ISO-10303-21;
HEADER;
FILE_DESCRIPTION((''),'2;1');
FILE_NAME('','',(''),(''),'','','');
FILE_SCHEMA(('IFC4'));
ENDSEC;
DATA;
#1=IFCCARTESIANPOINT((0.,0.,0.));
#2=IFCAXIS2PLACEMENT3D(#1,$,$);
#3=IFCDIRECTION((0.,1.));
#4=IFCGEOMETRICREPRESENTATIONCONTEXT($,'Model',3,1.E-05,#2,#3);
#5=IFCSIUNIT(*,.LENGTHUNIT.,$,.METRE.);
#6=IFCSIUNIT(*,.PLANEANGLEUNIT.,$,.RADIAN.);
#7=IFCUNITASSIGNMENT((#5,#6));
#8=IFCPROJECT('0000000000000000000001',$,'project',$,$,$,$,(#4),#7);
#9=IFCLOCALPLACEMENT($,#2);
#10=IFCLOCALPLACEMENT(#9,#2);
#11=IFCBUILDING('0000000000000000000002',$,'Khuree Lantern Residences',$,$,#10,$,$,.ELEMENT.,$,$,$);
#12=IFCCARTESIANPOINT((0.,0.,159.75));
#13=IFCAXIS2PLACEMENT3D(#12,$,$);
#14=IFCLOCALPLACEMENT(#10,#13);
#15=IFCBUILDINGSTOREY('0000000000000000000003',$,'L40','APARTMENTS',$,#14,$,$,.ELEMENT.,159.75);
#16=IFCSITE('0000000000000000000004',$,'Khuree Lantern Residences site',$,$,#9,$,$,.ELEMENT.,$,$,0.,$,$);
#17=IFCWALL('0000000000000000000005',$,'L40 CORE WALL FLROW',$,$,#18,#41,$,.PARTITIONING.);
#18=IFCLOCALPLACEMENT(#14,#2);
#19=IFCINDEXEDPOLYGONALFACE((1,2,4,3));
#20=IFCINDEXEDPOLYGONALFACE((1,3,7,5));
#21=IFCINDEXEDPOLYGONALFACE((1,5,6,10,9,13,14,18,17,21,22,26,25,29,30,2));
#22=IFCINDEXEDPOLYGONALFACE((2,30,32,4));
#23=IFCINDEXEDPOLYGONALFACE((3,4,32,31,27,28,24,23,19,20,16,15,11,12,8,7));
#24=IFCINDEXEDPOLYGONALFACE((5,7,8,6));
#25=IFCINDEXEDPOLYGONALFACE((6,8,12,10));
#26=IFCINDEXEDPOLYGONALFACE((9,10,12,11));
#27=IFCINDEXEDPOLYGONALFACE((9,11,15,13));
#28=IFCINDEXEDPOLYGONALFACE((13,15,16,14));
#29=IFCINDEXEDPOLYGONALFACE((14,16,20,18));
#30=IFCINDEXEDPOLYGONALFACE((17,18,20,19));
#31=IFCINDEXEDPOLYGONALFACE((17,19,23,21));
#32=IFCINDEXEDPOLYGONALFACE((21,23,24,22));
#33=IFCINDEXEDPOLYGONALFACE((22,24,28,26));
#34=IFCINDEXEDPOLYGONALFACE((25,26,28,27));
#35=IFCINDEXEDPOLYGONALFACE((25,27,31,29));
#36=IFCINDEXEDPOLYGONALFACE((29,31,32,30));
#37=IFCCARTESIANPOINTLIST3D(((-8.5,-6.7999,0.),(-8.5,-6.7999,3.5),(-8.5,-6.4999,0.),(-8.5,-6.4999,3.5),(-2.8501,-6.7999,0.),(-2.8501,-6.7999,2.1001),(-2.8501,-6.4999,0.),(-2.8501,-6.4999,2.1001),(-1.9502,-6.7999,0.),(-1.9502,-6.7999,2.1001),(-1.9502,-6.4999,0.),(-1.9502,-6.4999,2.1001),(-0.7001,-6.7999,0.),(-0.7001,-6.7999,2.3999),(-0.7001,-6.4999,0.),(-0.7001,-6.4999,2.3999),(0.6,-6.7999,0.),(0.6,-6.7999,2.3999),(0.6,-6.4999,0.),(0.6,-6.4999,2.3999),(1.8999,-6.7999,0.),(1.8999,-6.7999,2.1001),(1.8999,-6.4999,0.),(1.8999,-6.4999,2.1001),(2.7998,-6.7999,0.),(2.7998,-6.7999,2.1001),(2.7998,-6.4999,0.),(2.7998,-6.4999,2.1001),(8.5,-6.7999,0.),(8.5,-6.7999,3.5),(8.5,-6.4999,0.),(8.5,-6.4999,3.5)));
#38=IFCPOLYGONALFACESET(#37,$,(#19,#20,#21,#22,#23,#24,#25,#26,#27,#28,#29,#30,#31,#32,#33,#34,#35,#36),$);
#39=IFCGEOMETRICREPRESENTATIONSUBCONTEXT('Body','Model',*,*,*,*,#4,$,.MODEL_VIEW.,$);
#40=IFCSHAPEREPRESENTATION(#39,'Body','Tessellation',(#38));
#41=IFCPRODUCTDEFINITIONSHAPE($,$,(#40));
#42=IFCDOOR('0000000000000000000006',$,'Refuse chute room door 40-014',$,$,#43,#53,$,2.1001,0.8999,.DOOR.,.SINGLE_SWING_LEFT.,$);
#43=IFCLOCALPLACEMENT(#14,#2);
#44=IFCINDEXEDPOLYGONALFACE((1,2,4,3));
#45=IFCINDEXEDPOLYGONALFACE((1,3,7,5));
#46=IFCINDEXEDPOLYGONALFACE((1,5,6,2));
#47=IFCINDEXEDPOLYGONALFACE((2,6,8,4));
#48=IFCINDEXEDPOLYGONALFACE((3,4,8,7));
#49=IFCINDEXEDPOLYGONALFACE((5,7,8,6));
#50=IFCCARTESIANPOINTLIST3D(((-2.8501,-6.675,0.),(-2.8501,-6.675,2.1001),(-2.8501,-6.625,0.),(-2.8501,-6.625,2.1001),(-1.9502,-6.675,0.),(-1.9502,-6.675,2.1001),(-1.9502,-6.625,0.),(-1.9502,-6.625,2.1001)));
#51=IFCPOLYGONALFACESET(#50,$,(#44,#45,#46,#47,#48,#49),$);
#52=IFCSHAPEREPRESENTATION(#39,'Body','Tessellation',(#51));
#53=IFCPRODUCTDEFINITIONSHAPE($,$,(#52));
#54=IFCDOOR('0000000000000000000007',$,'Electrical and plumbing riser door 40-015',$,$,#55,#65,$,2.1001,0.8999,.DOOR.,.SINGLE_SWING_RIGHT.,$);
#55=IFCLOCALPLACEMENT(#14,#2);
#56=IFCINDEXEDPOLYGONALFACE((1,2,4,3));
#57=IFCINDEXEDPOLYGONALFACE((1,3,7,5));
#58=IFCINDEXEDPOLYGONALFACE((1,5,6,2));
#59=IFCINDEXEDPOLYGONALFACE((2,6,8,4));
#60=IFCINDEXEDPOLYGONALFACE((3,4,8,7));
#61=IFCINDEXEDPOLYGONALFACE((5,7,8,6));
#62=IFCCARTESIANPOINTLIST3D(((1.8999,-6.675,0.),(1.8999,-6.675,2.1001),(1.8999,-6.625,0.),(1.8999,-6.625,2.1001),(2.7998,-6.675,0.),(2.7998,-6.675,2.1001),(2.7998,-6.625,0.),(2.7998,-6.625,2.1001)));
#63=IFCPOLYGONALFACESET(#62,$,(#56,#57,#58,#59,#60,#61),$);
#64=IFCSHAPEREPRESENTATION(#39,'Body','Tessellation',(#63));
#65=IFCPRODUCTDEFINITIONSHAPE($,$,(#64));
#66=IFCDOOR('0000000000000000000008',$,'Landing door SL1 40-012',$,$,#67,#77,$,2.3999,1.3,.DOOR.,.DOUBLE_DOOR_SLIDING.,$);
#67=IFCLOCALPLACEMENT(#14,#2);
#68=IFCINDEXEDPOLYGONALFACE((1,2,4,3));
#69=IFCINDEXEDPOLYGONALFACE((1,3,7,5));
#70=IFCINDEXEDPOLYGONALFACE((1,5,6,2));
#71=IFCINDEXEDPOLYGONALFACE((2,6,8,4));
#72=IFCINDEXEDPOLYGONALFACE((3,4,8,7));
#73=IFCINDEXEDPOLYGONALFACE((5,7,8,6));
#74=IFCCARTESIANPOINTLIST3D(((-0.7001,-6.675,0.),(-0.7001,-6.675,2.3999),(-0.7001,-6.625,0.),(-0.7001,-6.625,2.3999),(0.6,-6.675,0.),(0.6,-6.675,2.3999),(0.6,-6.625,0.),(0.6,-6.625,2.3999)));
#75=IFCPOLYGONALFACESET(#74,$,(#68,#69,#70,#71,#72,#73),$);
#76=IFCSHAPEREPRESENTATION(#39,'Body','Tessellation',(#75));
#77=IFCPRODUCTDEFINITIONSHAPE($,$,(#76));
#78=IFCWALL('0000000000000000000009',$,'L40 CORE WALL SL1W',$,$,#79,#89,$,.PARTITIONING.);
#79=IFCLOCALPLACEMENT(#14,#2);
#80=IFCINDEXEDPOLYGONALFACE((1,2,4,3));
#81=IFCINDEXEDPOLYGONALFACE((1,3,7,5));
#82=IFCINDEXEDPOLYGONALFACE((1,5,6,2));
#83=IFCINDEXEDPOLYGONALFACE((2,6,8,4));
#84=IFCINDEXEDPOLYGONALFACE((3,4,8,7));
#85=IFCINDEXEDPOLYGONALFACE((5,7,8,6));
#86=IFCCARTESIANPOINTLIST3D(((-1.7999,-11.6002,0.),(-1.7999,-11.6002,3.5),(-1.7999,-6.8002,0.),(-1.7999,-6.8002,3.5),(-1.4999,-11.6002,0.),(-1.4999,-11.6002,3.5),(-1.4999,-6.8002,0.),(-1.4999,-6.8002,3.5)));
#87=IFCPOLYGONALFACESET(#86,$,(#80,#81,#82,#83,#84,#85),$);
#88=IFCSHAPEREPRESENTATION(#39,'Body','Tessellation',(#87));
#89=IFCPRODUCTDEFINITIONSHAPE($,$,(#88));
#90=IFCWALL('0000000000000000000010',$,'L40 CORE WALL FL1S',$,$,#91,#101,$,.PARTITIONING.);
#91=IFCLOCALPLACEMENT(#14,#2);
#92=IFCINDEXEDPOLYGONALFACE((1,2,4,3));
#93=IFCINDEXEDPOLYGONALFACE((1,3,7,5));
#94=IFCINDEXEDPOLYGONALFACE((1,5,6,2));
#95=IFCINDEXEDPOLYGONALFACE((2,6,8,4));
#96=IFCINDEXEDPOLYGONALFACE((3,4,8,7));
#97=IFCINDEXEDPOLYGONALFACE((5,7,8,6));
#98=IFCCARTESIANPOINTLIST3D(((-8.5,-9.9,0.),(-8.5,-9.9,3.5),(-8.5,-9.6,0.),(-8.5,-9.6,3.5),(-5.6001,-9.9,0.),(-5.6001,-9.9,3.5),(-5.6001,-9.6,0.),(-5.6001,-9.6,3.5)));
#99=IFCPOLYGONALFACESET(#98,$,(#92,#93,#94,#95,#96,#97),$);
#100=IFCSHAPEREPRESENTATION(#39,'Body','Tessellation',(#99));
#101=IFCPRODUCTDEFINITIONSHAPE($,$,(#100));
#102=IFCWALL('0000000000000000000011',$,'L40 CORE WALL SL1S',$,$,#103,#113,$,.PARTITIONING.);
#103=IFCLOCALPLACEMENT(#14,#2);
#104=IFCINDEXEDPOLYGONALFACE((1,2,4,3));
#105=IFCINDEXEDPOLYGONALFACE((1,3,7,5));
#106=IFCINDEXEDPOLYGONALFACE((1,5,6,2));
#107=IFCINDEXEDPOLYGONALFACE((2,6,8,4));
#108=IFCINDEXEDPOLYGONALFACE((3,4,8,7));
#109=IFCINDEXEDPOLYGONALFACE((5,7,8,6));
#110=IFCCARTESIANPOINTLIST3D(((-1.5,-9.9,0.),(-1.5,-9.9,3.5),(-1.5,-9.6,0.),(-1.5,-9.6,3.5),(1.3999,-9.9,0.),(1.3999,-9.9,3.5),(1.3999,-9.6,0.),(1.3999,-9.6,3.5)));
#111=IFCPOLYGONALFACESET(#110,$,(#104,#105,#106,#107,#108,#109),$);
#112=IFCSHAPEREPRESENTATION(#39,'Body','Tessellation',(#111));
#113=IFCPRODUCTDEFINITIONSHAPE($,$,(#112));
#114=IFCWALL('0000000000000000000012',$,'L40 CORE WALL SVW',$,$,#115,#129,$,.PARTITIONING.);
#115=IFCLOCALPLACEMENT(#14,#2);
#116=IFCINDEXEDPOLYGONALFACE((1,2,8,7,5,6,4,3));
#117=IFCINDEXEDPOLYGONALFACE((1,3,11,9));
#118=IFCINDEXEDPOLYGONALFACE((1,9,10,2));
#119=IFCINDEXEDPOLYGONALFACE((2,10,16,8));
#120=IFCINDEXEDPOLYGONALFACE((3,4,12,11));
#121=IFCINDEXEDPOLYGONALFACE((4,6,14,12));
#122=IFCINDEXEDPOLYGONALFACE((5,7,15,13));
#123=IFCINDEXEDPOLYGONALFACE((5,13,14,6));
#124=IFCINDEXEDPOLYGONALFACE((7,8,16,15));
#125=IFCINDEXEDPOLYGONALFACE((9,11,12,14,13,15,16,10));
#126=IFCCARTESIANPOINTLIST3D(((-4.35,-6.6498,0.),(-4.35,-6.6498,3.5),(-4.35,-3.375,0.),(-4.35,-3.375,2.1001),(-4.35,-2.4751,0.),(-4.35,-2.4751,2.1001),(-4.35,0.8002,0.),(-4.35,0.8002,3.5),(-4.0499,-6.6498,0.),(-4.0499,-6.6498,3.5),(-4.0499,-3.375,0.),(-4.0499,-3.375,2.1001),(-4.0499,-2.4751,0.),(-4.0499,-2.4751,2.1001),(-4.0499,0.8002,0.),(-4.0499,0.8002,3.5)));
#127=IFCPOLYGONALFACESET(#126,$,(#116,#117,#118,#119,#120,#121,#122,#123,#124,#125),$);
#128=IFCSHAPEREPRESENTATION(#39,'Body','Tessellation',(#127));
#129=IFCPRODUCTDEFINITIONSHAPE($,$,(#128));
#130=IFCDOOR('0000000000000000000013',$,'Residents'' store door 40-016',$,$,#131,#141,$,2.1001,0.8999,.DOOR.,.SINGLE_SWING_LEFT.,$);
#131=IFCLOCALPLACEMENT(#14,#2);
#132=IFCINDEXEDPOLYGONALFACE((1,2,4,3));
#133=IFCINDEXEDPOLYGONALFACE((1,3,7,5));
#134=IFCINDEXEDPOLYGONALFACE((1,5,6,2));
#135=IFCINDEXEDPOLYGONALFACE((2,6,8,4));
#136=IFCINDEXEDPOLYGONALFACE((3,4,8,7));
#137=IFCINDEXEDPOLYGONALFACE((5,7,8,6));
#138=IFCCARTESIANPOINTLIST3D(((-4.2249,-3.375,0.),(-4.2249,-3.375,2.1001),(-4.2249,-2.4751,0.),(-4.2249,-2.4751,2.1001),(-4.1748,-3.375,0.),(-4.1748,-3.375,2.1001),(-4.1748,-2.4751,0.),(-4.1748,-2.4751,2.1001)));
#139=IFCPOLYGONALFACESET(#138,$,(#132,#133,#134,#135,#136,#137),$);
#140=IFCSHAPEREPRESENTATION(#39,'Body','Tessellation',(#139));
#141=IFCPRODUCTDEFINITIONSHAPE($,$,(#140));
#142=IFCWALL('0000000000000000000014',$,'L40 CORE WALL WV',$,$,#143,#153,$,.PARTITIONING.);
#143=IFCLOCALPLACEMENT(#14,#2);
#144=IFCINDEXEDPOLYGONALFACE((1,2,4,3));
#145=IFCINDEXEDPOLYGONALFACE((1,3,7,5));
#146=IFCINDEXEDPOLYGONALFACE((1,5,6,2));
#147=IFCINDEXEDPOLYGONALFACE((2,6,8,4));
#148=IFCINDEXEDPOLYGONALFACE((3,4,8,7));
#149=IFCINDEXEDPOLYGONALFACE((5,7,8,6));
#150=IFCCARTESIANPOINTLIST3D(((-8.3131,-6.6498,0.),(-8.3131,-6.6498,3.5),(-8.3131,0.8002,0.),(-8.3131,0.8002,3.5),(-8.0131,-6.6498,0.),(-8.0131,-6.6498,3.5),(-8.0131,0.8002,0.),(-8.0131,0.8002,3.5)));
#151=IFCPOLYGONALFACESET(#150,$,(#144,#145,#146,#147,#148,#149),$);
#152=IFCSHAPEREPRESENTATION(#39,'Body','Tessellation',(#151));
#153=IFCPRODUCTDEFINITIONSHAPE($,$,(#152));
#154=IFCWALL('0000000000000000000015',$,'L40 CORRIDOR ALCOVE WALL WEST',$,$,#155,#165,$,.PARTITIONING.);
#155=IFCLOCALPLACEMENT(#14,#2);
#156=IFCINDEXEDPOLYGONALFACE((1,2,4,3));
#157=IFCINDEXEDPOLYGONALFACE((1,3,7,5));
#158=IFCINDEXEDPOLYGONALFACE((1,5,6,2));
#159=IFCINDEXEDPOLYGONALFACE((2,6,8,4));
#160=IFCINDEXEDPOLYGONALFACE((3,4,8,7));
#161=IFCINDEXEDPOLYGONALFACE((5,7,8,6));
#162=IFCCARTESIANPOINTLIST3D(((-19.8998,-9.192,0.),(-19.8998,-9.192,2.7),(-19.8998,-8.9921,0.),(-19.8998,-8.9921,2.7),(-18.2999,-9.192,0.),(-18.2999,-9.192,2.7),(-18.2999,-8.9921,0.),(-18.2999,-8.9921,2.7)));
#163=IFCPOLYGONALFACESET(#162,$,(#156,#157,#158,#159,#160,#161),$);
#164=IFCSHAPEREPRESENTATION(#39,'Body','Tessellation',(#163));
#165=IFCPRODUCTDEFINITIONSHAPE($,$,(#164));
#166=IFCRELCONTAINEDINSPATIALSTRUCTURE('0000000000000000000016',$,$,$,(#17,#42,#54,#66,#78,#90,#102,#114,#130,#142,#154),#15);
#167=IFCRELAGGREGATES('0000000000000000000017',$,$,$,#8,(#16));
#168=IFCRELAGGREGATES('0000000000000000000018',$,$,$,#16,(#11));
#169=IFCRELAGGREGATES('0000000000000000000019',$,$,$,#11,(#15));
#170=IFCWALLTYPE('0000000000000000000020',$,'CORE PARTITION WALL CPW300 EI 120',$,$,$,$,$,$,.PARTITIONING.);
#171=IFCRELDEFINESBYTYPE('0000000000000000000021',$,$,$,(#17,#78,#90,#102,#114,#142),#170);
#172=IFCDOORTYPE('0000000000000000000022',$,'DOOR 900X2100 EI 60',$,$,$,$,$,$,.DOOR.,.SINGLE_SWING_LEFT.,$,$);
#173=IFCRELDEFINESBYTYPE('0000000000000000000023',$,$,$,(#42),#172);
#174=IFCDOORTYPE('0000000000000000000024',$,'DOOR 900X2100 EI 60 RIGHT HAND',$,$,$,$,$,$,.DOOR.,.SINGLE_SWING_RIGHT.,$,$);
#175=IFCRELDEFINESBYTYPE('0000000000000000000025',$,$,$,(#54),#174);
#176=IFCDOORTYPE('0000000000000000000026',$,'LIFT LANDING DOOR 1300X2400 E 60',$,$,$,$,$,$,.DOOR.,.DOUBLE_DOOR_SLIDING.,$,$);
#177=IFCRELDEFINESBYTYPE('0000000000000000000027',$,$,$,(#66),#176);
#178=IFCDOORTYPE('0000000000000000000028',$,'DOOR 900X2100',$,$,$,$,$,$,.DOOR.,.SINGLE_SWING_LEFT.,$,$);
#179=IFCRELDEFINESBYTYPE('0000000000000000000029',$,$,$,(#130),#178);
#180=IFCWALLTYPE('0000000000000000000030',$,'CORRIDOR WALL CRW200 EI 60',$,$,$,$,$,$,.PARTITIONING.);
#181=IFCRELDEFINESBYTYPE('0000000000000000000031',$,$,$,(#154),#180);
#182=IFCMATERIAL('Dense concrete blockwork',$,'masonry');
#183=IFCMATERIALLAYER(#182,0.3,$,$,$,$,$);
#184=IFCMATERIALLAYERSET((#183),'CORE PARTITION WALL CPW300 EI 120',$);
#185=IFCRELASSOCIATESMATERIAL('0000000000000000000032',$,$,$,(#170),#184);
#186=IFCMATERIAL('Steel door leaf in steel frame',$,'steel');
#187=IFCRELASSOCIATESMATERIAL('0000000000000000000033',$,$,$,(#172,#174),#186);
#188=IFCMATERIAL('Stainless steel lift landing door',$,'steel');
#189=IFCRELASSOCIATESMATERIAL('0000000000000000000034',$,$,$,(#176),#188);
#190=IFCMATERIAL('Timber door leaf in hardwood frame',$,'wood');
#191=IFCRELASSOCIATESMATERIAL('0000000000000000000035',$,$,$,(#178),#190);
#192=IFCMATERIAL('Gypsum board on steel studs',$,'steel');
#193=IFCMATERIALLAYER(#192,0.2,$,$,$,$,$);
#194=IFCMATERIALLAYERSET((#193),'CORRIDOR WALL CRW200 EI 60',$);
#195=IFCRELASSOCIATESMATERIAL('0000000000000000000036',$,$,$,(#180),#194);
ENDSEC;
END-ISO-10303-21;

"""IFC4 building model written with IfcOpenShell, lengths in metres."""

from ifc_helpers import new_model, si_unit, direction, frame, frame_2d, origin, place, context, subcontext, project, spatial, rectangle, extrude, material, layer, layer_set, type_object, element, fill, save


model = new_model("IFC4")

# Units and contexts
model_context = context("Model", 3, precision=1e-05, world=origin(), true_north=direction((0.0, 1.0)))
body_context = subcontext(model_context, "Body", "Model", "MODEL_VIEW")
ifc_project = project(units=[si_unit("LENGTHUNIT", "METRE"), si_unit("PLANEANGLEUNIT", "RADIAN")], contexts=[model_context])

# Site, building, storey
site_placement = place(None, origin())
site = spatial("IfcSite", under=ifc_project, at=site_placement, Name="Khuree Lantern Residences site", CompositionType="ELEMENT", RefElevation=0.0)
building_placement = place(site_placement, origin())
building = spatial("IfcBuilding", under=site, at=building_placement, Name="Khuree Lantern Residences", CompositionType="ELEMENT")
storey_placement = place(building_placement, frame((0.0, 0.0, 159.75)))
storey = spatial("IfcBuildingStorey", under=building, at=storey_placement, Name="L40", Description="APARTMENTS", CompositionType="ELEMENT", Elevation=159.75)

# Wall, openings, doors
ifc_material_1 = material(Name="Dense concrete blockwork", Category="masonry")
ifc_layer_1 = layer(ifc_material_1, 0.3)
ifc_layer_set_1 = layer_set([ifc_layer_1], Name="CORE PARTITION WALL CPW300 EI 120")
wall_type_1 = type_object("IfcWallType", Name="CORE PARTITION WALL CPW300 EI 120", PredefinedType="PARTITIONING", material=ifc_layer_set_1)
wall_1_placement = place(storey_placement, frame((-8.5, -6.6499, 0.0), z_axis=(0.0, 0.0, 1.0), x_axis=(1.0, 0.0, 0.0)))
wall_1 = element("IfcWall", 1, at=wall_1_placement, inside=storey, type_object=wall_type_1, Name="L40 CORE WALL FLROW", PredefinedType="PARTITIONING", context=body_context, shape_type="SweptSolid", body=[
    extrude(rectangle(XDim=17.0, YDim=0.3, at=frame_2d((8.5, 0.0))), origin(), (0.0, 0.0, 1.0), 3.5),
])
opening_1_placement = place(wall_1_placement, frame((7.8, 0.0, 0.0)))
opening_1 = element("IfcOpeningElement", 2, at=opening_1_placement, cuts=wall_1, PredefinedType="OPENING", context=body_context, shape_type="SweptSolid", body=[
    extrude(rectangle(XDim=1.3, YDim=2.3999, at=frame_2d((0.6499, 1.2))), frame((0.0, 0.1602, 0.0), z_axis=(0.0, -1.0, 0.0), x_axis=(1.0, 0.0, 0.0)), (0.0, 0.0, 1.0), 0.3201),
])
opening_2_placement = place(wall_1_placement, frame((5.6499, 0.0, 0.0)))
opening_2 = element("IfcOpeningElement", 3, at=opening_2_placement, cuts=wall_1, PredefinedType="OPENING", context=body_context, shape_type="SweptSolid", body=[
    extrude(rectangle(XDim=0.8999, YDim=2.1001, at=frame_2d((0.45, 1.05))), frame((0.0, 0.1602, 0.0), z_axis=(0.0, -1.0, 0.0), x_axis=(1.0, 0.0, 0.0)), (0.0, 0.0, 1.0), 0.3201),
])
opening_3_placement = place(wall_1_placement, frame((10.3999, 0.0, 0.0)))
opening_3 = element("IfcOpeningElement", 4, at=opening_3_placement, cuts=wall_1, PredefinedType="OPENING", context=body_context, shape_type="SweptSolid", body=[
    extrude(rectangle(XDim=0.8999, YDim=2.1001, at=frame_2d((0.45, 1.05))), frame((0.0, 0.1602, 0.0), z_axis=(0.0, -1.0, 0.0), x_axis=(1.0, 0.0, 0.0)), (0.0, 0.0, 1.0), 0.3201),
])
ifc_material_2 = material(Name="Steel door leaf in steel frame", Category="steel")
door_type_1 = type_object("IfcDoorType", Name="DOOR 900X2100 EI 60", OperationType="SINGLE_SWING_LEFT", PredefinedType="DOOR", material=ifc_material_2)
door_1_placement = place(opening_2_placement, origin())
door_1 = element("IfcDoor", 5, at=door_1_placement, inside=storey, type_object=door_type_1, Name="Refuse chute room door 40-014", OperationType="SINGLE_SWING_LEFT", OverallHeight=2.1001, OverallWidth=0.8999, PredefinedType="DOOR", context=body_context, shape_type="SweptSolid", body=[
    extrude(rectangle(XDim=0.8999, YDim=2.1001, at=frame_2d((0.45, 1.05))), frame((0.0, 0.0249, 0.0), z_axis=(0.0, -1.0, 0.0), x_axis=(1.0, 0.0, 0.0)), (0.0, 0.0, 1.0), 0.05),
])
fill(opening_2, door_1)
door_type_2 = type_object("IfcDoorType", Name="DOOR 900X2100 EI 60 RIGHT HAND", OperationType="SINGLE_SWING_RIGHT", PredefinedType="DOOR", material=ifc_material_2)
door_2_placement = place(opening_3_placement, origin())
door_2 = element("IfcDoor", 6, at=door_2_placement, inside=storey, type_object=door_type_2, Name="Electrical and plumbing riser door 40-015", OperationType="SINGLE_SWING_RIGHT", OverallHeight=2.1001, OverallWidth=0.8999, PredefinedType="DOOR", context=body_context, shape_type="SweptSolid", body=[
    extrude(rectangle(XDim=0.8999, YDim=2.1001, at=frame_2d((0.45, 1.05))), frame((0.0, 0.0249, 0.0), z_axis=(0.0, -1.0, 0.0), x_axis=(1.0, 0.0, 0.0)), (0.0, 0.0, 1.0), 0.05),
])
fill(opening_3, door_2)
ifc_material_3 = material(Name="Stainless steel lift landing door", Category="steel")
door_type_3 = type_object("IfcDoorType", Name="LIFT LANDING DOOR 1300X2400 E 60", OperationType="DOUBLE_DOOR_SLIDING", PredefinedType="DOOR", material=ifc_material_3)
door_3_placement = place(opening_1_placement, origin())
door_3 = element("IfcDoor", 7, at=door_3_placement, inside=storey, type_object=door_type_3, Name="Landing door SL1 40-012", OperationType="DOUBLE_DOOR_SLIDING", OverallHeight=2.3999, OverallWidth=1.3, PredefinedType="DOOR", context=body_context, shape_type="SweptSolid", body=[
    extrude(rectangle(XDim=1.3, YDim=2.3999, at=frame_2d((0.6499, 1.2))), frame((0.0, 0.0249, 0.0), z_axis=(0.0, -1.0, 0.0), x_axis=(1.0, 0.0, 0.0)), (0.0, 0.0, 1.0), 0.05),
])
fill(opening_1, door_3)

# Walls
wall_2_placement = place(storey_placement, frame((-1.6499, -11.6001, 0.0), z_axis=(0.0, 0.0, 1.0), x_axis=(0.0, 1.0, 0.0)))
element("IfcWall", 8, at=wall_2_placement, inside=storey, type_object=wall_type_1, Name="L40 CORE WALL SL1W", PredefinedType="PARTITIONING", context=body_context, shape_type="SweptSolid", body=[
    extrude(rectangle(XDim=4.8, YDim=0.3, at=frame_2d((2.3999, 0.0))), origin(), (0.0, 0.0, 1.0), 3.5),
])
for number, where, z_axis, x_axis, name in (
    (9, (-8.5, -9.75, 0.0), (0.0, 0.0, 1.0), (1.0, 0.0, 0.0), "L40 CORE WALL FL1S"),
    (10, (-1.5, -9.75, 0.0), (0.0, 0.0, 1.0), (1.0, 0.0, 0.0), "L40 CORE WALL SL1S"),
):
    element("IfcWall", number, at=place(storey_placement, frame(where, z_axis=z_axis, x_axis=x_axis)), inside=storey, type_object=wall_type_1, Name=name, PredefinedType="PARTITIONING", context=body_context, shape_type="SweptSolid", body=[
        extrude(rectangle(XDim=2.8999, YDim=0.3, at=frame_2d((1.45, 0.0))), origin(), (0.0, 0.0, 1.0), 3.5),
    ])

# Wall, opening, door
wall_3_placement = place(storey_placement, frame((-4.2, -6.6499, 0.0), z_axis=(0.0, 0.0, 1.0), x_axis=(0.0, 1.0, 0.0)))
wall_3 = element("IfcWall", 11, at=wall_3_placement, inside=storey, type_object=wall_type_1, Name="L40 CORE WALL SVW", PredefinedType="PARTITIONING", context=body_context, shape_type="SweptSolid", body=[
    extrude(rectangle(XDim=7.45, YDim=0.3, at=frame_2d((3.7251, 0.0))), origin(), (0.0, 0.0, 1.0), 3.5),
])
opening_4_placement = place(wall_3_placement, frame((3.2749, 0.0, 0.0)))
opening_4 = element("IfcOpeningElement", 12, at=opening_4_placement, cuts=wall_3, PredefinedType="OPENING", context=body_context, shape_type="SweptSolid", body=[
    extrude(rectangle(XDim=0.8999, YDim=2.1001, at=frame_2d((0.45, 1.05))), frame((0.0, 0.1602, 0.0), z_axis=(0.0, -1.0, 0.0), x_axis=(1.0, 0.0, 0.0)), (0.0, 0.0, 1.0), 0.3201),
])
ifc_material_4 = material(Name="Timber door leaf in hardwood frame", Category="wood")
door_type_4 = type_object("IfcDoorType", Name="DOOR 900X2100", OperationType="SINGLE_SWING_LEFT", PredefinedType="DOOR", material=ifc_material_4)
door_4_placement = place(opening_4_placement, origin())
door_4 = element("IfcDoor", 13, at=door_4_placement, inside=storey, type_object=door_type_4, Name="Residents' store door 40-016", OperationType="SINGLE_SWING_LEFT", OverallHeight=2.1001, OverallWidth=0.8999, PredefinedType="DOOR", context=body_context, shape_type="SweptSolid", body=[
    extrude(rectangle(XDim=0.8999, YDim=2.1001, at=frame_2d((0.45, 1.05))), frame((0.0, 0.0249, 0.0), z_axis=(0.0, -1.0, 0.0), x_axis=(1.0, 0.0, 0.0)), (0.0, 0.0, 1.0), 0.05),
])
fill(opening_4, door_4)

# Walls
wall_4_placement = place(storey_placement, frame((-8.1631, -6.6499, 0.0), z_axis=(0.0, 0.0, 1.0), x_axis=(0.0, 1.0, 0.0)))
element("IfcWall", 14, at=wall_4_placement, inside=storey, type_object=wall_type_1, Name="L40 CORE WALL WV", PredefinedType="PARTITIONING", context=body_context, shape_type="SweptSolid", body=[
    extrude(rectangle(XDim=7.45, YDim=0.3, at=frame_2d((3.7251, 0.0))), origin(), (0.0, 0.0, 1.0), 3.5),
])
ifc_material_5 = material(Name="Gypsum board on steel studs", Category="steel")
ifc_layer_2 = layer(ifc_material_5, 0.2)
ifc_layer_set_2 = layer_set([ifc_layer_2], Name="CORRIDOR WALL CRW200 EI 60")
wall_type_2 = type_object("IfcWallType", Name="CORRIDOR WALL CRW200 EI 60", PredefinedType="PARTITIONING", material=ifc_layer_set_2)
wall_5_placement = place(storey_placement, frame((-18.3, -9.092, 0.0), z_axis=(0.0, 0.0, 1.0), x_axis=(-1.0, 0.0, 0.0)))
element("IfcWall", 15, at=wall_5_placement, inside=storey, type_object=wall_type_2, Name="L40 CORRIDOR ALCOVE WALL WEST", PredefinedType="PARTITIONING", context=body_context, shape_type="SweptSolid", body=[
    extrude(rectangle(XDim=1.5999, YDim=0.2, at=frame_2d((0.7998, 0.0))), origin(), (0.0, 0.0, 1.0), 2.7),
])

save(model, "model.ifc")
